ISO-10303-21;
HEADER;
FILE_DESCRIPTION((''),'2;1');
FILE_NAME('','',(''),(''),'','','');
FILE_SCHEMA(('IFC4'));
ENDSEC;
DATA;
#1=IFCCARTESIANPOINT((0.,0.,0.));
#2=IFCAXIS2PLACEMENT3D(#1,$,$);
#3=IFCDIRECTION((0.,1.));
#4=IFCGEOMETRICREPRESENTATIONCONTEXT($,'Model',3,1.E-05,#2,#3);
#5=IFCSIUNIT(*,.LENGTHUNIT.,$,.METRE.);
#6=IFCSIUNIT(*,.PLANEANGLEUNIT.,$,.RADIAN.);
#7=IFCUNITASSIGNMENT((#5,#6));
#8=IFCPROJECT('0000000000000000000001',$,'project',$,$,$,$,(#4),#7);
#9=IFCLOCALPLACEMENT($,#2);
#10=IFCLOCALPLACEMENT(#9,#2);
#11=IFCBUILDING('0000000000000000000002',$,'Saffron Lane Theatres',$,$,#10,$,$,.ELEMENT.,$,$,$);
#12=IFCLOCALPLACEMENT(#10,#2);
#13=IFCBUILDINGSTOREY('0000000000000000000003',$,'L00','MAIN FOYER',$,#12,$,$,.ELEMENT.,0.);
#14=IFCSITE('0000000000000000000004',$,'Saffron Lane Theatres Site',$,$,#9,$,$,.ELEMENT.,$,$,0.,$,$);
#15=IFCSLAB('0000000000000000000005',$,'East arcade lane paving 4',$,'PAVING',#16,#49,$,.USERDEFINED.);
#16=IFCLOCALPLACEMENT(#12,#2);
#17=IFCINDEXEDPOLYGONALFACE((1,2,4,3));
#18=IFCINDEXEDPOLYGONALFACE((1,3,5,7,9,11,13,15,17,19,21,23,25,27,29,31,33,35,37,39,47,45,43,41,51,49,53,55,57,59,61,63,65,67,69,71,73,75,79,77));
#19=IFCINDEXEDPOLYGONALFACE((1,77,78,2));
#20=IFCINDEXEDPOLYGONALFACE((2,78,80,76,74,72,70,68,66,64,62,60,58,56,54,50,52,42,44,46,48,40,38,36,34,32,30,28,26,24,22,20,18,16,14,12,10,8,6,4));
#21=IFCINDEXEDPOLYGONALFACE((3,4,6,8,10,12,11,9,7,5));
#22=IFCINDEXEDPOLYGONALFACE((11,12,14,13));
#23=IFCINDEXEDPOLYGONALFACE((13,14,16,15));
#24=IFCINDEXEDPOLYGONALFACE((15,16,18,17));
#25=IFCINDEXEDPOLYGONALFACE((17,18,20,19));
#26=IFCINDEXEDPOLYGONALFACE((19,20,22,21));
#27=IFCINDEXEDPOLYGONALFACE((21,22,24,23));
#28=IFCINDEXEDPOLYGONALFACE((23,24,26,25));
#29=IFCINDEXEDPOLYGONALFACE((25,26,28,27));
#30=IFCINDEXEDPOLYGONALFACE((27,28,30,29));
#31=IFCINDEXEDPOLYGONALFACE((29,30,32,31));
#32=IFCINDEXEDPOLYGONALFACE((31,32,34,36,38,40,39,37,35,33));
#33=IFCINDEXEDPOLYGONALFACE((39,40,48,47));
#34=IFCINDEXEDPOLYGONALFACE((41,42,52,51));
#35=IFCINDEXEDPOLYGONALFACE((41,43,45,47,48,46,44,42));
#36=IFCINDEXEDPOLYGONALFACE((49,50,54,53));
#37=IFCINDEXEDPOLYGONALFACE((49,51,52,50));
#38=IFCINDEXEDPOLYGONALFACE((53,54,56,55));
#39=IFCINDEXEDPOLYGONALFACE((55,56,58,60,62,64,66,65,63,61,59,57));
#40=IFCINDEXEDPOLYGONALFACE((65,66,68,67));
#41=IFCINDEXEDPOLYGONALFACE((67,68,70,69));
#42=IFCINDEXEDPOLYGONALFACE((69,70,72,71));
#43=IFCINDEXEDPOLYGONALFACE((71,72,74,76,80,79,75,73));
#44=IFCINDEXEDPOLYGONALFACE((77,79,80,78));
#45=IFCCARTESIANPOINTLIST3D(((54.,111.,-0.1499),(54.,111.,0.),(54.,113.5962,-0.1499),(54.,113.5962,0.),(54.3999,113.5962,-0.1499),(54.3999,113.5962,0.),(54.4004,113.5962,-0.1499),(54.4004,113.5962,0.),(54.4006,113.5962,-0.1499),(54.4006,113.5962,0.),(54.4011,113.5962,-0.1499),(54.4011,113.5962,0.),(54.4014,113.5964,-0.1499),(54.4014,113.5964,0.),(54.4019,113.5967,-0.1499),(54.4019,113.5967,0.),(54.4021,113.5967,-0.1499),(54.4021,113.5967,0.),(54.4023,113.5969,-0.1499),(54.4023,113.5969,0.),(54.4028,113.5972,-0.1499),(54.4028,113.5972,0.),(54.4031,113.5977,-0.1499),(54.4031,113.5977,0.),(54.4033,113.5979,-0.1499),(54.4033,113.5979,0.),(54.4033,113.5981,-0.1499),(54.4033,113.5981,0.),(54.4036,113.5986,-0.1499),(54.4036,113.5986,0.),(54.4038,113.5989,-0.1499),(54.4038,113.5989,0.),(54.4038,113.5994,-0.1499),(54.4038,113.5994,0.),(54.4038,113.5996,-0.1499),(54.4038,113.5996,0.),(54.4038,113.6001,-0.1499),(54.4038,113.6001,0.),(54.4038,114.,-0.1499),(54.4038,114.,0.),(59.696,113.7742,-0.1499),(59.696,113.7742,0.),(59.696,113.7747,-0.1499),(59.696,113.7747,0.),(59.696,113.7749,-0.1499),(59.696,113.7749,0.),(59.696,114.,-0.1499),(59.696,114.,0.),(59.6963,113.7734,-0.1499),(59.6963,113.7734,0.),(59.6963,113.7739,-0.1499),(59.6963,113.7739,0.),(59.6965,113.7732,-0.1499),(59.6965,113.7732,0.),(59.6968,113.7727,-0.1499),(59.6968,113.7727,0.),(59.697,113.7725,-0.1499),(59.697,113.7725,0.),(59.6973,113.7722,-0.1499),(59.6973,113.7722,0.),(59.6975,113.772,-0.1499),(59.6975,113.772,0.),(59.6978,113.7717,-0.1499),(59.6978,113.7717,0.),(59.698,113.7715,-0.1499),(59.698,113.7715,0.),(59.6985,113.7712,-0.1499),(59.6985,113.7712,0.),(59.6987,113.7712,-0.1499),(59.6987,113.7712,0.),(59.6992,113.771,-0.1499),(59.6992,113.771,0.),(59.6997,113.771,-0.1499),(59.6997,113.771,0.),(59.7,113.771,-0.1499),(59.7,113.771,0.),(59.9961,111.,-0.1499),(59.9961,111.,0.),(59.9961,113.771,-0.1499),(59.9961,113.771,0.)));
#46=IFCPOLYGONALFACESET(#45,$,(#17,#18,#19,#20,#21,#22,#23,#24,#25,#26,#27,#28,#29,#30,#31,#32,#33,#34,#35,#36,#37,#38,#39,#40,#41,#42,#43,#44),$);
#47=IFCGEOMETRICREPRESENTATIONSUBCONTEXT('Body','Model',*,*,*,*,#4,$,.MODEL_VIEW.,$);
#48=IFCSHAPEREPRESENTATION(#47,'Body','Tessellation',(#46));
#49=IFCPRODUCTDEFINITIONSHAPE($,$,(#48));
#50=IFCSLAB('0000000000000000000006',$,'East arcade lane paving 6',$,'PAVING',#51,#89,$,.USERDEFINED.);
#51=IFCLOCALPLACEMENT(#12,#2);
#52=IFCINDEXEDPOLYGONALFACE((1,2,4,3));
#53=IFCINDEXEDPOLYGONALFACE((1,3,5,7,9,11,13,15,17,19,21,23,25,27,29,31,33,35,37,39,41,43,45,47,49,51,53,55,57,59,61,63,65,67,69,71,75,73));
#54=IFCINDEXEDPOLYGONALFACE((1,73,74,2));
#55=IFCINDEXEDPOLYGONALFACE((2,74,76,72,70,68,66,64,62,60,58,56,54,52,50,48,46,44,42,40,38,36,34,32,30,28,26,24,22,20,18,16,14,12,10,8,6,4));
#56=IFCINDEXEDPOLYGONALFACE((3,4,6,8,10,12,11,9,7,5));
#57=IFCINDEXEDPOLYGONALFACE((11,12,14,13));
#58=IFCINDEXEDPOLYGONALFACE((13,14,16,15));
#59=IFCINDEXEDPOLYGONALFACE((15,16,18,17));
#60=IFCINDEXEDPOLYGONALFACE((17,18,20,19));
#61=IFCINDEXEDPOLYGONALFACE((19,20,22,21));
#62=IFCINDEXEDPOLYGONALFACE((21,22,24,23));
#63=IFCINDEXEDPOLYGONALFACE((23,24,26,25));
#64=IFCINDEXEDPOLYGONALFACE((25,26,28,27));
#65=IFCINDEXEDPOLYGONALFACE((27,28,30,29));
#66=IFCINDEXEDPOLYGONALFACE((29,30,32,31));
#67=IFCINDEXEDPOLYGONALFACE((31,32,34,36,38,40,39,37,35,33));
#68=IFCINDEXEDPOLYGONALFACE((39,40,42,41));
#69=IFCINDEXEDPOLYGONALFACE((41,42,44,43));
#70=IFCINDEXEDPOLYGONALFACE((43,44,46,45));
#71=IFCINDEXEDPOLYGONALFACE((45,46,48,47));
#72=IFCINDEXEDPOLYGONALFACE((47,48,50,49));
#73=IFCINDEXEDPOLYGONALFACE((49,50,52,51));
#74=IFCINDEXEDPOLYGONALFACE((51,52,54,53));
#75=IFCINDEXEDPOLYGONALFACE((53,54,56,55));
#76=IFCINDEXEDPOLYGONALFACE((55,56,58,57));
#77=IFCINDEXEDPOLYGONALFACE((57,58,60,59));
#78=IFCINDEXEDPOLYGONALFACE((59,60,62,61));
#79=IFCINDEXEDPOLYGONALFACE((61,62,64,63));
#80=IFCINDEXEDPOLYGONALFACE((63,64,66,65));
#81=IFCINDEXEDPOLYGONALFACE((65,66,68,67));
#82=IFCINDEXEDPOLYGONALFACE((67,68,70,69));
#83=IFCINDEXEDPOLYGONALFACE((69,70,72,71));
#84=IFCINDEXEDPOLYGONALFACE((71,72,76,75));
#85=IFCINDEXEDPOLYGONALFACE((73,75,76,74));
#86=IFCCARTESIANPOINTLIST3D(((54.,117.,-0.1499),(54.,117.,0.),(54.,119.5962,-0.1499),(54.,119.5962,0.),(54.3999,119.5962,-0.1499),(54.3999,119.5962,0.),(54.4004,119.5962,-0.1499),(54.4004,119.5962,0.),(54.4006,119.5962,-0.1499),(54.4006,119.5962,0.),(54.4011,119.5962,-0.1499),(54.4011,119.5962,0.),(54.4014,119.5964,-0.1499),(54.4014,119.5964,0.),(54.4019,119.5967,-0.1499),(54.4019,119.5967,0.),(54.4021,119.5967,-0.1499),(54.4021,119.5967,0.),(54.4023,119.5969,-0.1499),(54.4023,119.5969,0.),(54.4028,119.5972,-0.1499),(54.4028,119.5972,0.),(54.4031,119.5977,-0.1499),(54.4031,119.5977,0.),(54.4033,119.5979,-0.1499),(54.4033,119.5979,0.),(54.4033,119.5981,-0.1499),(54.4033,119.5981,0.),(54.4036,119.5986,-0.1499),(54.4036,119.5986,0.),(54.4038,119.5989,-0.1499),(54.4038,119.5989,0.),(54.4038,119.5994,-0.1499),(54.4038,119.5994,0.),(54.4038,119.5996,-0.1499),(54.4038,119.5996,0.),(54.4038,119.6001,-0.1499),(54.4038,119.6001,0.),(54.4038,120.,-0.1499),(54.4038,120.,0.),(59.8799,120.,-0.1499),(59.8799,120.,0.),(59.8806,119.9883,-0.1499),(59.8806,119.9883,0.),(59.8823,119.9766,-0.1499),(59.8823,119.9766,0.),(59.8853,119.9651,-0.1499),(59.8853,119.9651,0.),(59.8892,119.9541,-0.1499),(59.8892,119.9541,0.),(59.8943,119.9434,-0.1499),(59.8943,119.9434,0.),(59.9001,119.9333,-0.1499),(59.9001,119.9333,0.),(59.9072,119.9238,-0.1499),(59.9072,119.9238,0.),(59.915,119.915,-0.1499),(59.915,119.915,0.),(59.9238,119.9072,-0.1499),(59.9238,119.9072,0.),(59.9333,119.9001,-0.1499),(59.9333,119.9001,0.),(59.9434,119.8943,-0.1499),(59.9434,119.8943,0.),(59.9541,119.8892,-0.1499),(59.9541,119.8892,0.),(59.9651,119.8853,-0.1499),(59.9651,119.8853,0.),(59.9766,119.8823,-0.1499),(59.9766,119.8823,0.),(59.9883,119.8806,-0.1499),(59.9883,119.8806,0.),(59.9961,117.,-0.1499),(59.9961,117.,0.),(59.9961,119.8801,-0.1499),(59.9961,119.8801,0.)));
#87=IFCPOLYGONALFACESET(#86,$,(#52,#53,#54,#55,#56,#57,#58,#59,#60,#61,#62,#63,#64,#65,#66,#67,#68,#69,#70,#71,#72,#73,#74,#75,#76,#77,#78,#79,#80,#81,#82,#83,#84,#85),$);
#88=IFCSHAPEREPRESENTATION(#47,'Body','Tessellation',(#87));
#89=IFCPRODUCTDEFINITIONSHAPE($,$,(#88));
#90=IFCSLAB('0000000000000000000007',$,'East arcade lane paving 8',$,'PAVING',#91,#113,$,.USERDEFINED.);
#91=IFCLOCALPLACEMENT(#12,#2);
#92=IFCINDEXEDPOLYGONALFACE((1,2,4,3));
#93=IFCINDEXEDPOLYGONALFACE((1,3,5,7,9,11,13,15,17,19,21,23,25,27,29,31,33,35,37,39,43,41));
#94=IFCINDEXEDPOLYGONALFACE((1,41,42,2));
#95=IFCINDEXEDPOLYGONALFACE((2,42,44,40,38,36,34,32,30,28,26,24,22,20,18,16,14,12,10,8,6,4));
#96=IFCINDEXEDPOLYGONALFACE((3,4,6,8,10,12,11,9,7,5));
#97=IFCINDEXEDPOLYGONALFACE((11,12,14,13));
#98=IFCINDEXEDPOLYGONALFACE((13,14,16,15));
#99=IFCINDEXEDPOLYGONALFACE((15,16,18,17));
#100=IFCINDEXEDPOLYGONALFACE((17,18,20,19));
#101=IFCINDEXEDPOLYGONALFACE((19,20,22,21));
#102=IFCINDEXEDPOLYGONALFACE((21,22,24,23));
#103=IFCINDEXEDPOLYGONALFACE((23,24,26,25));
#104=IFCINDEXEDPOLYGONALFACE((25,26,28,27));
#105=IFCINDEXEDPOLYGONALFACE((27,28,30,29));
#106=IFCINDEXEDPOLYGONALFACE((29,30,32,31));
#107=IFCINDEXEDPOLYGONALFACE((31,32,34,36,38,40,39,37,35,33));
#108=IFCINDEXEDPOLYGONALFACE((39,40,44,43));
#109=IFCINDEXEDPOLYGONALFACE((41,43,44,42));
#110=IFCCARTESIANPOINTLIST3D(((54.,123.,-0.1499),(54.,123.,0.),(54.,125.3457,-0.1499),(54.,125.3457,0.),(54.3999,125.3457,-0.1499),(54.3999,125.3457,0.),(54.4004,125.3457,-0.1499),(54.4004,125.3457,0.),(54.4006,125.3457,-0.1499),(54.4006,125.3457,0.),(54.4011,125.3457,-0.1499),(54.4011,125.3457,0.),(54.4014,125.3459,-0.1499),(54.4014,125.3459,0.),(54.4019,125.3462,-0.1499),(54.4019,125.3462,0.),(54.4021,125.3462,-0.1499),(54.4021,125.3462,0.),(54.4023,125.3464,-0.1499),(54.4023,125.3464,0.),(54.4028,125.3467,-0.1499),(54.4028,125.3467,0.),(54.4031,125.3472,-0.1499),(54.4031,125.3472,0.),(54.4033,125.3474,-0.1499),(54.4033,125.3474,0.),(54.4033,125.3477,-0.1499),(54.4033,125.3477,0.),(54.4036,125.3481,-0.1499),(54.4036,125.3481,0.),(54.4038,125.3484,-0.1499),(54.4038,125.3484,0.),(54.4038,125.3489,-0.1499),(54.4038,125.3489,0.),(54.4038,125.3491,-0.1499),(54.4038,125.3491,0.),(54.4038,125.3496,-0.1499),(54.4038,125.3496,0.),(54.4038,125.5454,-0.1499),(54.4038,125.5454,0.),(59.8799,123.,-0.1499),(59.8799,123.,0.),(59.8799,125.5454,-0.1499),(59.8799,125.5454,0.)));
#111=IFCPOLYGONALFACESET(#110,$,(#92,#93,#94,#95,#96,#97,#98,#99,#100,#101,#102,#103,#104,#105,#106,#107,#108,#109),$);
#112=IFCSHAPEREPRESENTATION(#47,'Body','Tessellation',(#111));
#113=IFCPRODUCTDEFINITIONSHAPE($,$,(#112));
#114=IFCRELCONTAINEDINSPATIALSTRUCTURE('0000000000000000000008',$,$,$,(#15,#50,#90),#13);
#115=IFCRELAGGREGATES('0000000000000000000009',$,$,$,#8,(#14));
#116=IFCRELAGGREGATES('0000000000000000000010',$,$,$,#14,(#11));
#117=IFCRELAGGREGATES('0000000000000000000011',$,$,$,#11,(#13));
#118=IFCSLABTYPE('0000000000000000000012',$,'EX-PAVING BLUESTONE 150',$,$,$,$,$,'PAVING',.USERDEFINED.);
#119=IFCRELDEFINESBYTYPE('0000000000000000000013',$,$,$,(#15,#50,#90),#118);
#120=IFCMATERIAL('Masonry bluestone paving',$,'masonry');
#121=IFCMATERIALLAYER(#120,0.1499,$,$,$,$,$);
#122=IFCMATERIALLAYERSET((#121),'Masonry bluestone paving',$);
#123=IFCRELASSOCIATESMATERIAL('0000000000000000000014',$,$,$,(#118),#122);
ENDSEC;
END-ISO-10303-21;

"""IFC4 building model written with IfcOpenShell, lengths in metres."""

from ifc_helpers import new_model, si_unit, direction, frame, origin, place, context, subcontext, project, spatial, polyline, outline, extrude, material, layer, layer_set, type_object, element, save


model = new_model("IFC4")

# Units and contexts
model_context = context("Model", 3, precision=1e-05, world=origin(), true_north=direction((0.0, 1.0)))
body_context = subcontext(model_context, "Body", "Model", "MODEL_VIEW")
ifc_project = project(units=[si_unit("LENGTHUNIT", "METRE"), si_unit("PLANEANGLEUNIT", "RADIAN")], contexts=[model_context])

# Site, building, storey
site_placement = place(None, origin())
site = spatial("IfcSite", under=ifc_project, at=site_placement, Name="Saffron Lane Theatres Site", CompositionType="ELEMENT", RefElevation=0.0)
building_placement = place(site_placement, origin())
building = spatial("IfcBuilding", under=site, at=building_placement, Name="Saffron Lane Theatres", CompositionType="ELEMENT")
storey_placement = place(building_placement, origin())
storey = spatial("IfcBuildingStorey", under=building, at=storey_placement, Name="L00", Description="MAIN FOYER", CompositionType="ELEMENT", Elevation=0.0)

# Slabs
ifc_material_1 = material(Name="Masonry bluestone paving", Category="masonry")
ifc_layer_1 = layer(ifc_material_1, 0.1499)
ifc_layer_set_1 = layer_set([ifc_layer_1], Name="Masonry bluestone paving")
slab_type_1 = type_object("IfcSlabType", Name="EX-PAVING BLUESTONE 150", ElementType="PAVING", PredefinedType="USERDEFINED", material=ifc_layer_set_1)
slab_1_placement = place(storey_placement, frame((0.0, 0.0, -0.1499)))
element("IfcSlab", 1, at=slab_1_placement, inside=storey, type_object=slab_type_1, Name="East arcade lane paving 4", ObjectType="PAVING", PredefinedType="USERDEFINED", context=body_context, shape_type="SweptSolid", body=[
    extrude(outline(polyline([(54.0, 113.5962), (54.0, 111.0), (59.9961, 111.0), (59.9961, 113.771), (59.7, 113.771), (59.6997, 113.771), (59.6992, 113.771), (59.6987, 113.7712), (59.6985, 113.7712), (59.698, 113.7715), (59.6978, 113.7717), (59.6975, 113.772), (59.6973, 113.7722), (59.697, 113.7725), (59.6968, 113.7727), (59.6965, 113.7732), (59.6963, 113.7734), (59.6963, 113.7739), (59.696, 113.7742), (59.696, 113.7747), (59.696, 113.7749), (59.696, 114.0), (54.4038, 114.0), (54.4038, 113.6001), (54.4038, 113.5996), (54.4038, 113.5994), (54.4038, 113.5989), (54.4036, 113.5986), (54.4033, 113.5981), (54.4033, 113.5979), (54.4031, 113.5977), (54.4028, 113.5972), (54.4023, 113.5969), (54.4021, 113.5967), (54.4019, 113.5967), (54.4014, 113.5964), (54.4011, 113.5962), (54.4006, 113.5962), (54.4004, 113.5962), (54.3999, 113.5962), (54.0, 113.5962)])), origin(), (0.0, 0.0, 1.0), 0.1499),
])
slab_2_placement = place(storey_placement, frame((0.0, 0.0, -0.1499)))
element("IfcSlab", 2, at=slab_2_placement, inside=storey, type_object=slab_type_1, Name="East arcade lane paving 6", ObjectType="PAVING", PredefinedType="USERDEFINED", context=body_context, shape_type="SweptSolid", body=[
    extrude(outline(polyline([(54.0, 119.5962), (54.0, 117.0), (59.9961, 117.0), (59.9961, 119.8801), (59.9883, 119.8806), (59.9766, 119.8823), (59.9651, 119.8853), (59.9541, 119.8892), (59.9434, 119.8943), (59.9333, 119.9001), (59.9238, 119.9072), (59.915, 119.915), (59.9072, 119.9238), (59.9001, 119.9333), (59.8943, 119.9434), (59.8892, 119.9541), (59.8853, 119.9651), (59.8823, 119.9766), (59.8806, 119.9883), (59.8799, 120.0), (54.4038, 120.0), (54.4038, 119.6001), (54.4038, 119.5996), (54.4038, 119.5994), (54.4038, 119.5989), (54.4036, 119.5986), (54.4033, 119.5981), (54.4033, 119.5979), (54.4031, 119.5977), (54.4028, 119.5972), (54.4023, 119.5969), (54.4021, 119.5967), (54.4019, 119.5967), (54.4014, 119.5964), (54.4011, 119.5962), (54.4006, 119.5962), (54.4004, 119.5962), (54.3999, 119.5962), (54.0, 119.5962)])), origin(), (0.0, 0.0, 1.0), 0.1499),
])
slab_3_placement = place(storey_placement, frame((0.0, 0.0, -0.1499)))
element("IfcSlab", 3, at=slab_3_placement, inside=storey, type_object=slab_type_1, Name="East arcade lane paving 8", ObjectType="PAVING", PredefinedType="USERDEFINED", context=body_context, shape_type="SweptSolid", body=[
    extrude(outline(polyline([(54.0, 125.3457), (54.0, 123.0), (59.8799, 123.0), (59.8799, 125.5454), (54.4038, 125.5454), (54.4038, 125.3496), (54.4038, 125.3491), (54.4038, 125.3489), (54.4038, 125.3484), (54.4036, 125.3481), (54.4033, 125.3477), (54.4033, 125.3474), (54.4031, 125.3472), (54.4028, 125.3467), (54.4023, 125.3464), (54.4021, 125.3462), (54.4019, 125.3462), (54.4014, 125.3459), (54.4011, 125.3457), (54.4006, 125.3457), (54.4004, 125.3457), (54.3999, 125.3457), (54.0, 125.3457)])), origin(), (0.0, 0.0, 1.0), 0.1499),
])

save(model, "model.ifc")
